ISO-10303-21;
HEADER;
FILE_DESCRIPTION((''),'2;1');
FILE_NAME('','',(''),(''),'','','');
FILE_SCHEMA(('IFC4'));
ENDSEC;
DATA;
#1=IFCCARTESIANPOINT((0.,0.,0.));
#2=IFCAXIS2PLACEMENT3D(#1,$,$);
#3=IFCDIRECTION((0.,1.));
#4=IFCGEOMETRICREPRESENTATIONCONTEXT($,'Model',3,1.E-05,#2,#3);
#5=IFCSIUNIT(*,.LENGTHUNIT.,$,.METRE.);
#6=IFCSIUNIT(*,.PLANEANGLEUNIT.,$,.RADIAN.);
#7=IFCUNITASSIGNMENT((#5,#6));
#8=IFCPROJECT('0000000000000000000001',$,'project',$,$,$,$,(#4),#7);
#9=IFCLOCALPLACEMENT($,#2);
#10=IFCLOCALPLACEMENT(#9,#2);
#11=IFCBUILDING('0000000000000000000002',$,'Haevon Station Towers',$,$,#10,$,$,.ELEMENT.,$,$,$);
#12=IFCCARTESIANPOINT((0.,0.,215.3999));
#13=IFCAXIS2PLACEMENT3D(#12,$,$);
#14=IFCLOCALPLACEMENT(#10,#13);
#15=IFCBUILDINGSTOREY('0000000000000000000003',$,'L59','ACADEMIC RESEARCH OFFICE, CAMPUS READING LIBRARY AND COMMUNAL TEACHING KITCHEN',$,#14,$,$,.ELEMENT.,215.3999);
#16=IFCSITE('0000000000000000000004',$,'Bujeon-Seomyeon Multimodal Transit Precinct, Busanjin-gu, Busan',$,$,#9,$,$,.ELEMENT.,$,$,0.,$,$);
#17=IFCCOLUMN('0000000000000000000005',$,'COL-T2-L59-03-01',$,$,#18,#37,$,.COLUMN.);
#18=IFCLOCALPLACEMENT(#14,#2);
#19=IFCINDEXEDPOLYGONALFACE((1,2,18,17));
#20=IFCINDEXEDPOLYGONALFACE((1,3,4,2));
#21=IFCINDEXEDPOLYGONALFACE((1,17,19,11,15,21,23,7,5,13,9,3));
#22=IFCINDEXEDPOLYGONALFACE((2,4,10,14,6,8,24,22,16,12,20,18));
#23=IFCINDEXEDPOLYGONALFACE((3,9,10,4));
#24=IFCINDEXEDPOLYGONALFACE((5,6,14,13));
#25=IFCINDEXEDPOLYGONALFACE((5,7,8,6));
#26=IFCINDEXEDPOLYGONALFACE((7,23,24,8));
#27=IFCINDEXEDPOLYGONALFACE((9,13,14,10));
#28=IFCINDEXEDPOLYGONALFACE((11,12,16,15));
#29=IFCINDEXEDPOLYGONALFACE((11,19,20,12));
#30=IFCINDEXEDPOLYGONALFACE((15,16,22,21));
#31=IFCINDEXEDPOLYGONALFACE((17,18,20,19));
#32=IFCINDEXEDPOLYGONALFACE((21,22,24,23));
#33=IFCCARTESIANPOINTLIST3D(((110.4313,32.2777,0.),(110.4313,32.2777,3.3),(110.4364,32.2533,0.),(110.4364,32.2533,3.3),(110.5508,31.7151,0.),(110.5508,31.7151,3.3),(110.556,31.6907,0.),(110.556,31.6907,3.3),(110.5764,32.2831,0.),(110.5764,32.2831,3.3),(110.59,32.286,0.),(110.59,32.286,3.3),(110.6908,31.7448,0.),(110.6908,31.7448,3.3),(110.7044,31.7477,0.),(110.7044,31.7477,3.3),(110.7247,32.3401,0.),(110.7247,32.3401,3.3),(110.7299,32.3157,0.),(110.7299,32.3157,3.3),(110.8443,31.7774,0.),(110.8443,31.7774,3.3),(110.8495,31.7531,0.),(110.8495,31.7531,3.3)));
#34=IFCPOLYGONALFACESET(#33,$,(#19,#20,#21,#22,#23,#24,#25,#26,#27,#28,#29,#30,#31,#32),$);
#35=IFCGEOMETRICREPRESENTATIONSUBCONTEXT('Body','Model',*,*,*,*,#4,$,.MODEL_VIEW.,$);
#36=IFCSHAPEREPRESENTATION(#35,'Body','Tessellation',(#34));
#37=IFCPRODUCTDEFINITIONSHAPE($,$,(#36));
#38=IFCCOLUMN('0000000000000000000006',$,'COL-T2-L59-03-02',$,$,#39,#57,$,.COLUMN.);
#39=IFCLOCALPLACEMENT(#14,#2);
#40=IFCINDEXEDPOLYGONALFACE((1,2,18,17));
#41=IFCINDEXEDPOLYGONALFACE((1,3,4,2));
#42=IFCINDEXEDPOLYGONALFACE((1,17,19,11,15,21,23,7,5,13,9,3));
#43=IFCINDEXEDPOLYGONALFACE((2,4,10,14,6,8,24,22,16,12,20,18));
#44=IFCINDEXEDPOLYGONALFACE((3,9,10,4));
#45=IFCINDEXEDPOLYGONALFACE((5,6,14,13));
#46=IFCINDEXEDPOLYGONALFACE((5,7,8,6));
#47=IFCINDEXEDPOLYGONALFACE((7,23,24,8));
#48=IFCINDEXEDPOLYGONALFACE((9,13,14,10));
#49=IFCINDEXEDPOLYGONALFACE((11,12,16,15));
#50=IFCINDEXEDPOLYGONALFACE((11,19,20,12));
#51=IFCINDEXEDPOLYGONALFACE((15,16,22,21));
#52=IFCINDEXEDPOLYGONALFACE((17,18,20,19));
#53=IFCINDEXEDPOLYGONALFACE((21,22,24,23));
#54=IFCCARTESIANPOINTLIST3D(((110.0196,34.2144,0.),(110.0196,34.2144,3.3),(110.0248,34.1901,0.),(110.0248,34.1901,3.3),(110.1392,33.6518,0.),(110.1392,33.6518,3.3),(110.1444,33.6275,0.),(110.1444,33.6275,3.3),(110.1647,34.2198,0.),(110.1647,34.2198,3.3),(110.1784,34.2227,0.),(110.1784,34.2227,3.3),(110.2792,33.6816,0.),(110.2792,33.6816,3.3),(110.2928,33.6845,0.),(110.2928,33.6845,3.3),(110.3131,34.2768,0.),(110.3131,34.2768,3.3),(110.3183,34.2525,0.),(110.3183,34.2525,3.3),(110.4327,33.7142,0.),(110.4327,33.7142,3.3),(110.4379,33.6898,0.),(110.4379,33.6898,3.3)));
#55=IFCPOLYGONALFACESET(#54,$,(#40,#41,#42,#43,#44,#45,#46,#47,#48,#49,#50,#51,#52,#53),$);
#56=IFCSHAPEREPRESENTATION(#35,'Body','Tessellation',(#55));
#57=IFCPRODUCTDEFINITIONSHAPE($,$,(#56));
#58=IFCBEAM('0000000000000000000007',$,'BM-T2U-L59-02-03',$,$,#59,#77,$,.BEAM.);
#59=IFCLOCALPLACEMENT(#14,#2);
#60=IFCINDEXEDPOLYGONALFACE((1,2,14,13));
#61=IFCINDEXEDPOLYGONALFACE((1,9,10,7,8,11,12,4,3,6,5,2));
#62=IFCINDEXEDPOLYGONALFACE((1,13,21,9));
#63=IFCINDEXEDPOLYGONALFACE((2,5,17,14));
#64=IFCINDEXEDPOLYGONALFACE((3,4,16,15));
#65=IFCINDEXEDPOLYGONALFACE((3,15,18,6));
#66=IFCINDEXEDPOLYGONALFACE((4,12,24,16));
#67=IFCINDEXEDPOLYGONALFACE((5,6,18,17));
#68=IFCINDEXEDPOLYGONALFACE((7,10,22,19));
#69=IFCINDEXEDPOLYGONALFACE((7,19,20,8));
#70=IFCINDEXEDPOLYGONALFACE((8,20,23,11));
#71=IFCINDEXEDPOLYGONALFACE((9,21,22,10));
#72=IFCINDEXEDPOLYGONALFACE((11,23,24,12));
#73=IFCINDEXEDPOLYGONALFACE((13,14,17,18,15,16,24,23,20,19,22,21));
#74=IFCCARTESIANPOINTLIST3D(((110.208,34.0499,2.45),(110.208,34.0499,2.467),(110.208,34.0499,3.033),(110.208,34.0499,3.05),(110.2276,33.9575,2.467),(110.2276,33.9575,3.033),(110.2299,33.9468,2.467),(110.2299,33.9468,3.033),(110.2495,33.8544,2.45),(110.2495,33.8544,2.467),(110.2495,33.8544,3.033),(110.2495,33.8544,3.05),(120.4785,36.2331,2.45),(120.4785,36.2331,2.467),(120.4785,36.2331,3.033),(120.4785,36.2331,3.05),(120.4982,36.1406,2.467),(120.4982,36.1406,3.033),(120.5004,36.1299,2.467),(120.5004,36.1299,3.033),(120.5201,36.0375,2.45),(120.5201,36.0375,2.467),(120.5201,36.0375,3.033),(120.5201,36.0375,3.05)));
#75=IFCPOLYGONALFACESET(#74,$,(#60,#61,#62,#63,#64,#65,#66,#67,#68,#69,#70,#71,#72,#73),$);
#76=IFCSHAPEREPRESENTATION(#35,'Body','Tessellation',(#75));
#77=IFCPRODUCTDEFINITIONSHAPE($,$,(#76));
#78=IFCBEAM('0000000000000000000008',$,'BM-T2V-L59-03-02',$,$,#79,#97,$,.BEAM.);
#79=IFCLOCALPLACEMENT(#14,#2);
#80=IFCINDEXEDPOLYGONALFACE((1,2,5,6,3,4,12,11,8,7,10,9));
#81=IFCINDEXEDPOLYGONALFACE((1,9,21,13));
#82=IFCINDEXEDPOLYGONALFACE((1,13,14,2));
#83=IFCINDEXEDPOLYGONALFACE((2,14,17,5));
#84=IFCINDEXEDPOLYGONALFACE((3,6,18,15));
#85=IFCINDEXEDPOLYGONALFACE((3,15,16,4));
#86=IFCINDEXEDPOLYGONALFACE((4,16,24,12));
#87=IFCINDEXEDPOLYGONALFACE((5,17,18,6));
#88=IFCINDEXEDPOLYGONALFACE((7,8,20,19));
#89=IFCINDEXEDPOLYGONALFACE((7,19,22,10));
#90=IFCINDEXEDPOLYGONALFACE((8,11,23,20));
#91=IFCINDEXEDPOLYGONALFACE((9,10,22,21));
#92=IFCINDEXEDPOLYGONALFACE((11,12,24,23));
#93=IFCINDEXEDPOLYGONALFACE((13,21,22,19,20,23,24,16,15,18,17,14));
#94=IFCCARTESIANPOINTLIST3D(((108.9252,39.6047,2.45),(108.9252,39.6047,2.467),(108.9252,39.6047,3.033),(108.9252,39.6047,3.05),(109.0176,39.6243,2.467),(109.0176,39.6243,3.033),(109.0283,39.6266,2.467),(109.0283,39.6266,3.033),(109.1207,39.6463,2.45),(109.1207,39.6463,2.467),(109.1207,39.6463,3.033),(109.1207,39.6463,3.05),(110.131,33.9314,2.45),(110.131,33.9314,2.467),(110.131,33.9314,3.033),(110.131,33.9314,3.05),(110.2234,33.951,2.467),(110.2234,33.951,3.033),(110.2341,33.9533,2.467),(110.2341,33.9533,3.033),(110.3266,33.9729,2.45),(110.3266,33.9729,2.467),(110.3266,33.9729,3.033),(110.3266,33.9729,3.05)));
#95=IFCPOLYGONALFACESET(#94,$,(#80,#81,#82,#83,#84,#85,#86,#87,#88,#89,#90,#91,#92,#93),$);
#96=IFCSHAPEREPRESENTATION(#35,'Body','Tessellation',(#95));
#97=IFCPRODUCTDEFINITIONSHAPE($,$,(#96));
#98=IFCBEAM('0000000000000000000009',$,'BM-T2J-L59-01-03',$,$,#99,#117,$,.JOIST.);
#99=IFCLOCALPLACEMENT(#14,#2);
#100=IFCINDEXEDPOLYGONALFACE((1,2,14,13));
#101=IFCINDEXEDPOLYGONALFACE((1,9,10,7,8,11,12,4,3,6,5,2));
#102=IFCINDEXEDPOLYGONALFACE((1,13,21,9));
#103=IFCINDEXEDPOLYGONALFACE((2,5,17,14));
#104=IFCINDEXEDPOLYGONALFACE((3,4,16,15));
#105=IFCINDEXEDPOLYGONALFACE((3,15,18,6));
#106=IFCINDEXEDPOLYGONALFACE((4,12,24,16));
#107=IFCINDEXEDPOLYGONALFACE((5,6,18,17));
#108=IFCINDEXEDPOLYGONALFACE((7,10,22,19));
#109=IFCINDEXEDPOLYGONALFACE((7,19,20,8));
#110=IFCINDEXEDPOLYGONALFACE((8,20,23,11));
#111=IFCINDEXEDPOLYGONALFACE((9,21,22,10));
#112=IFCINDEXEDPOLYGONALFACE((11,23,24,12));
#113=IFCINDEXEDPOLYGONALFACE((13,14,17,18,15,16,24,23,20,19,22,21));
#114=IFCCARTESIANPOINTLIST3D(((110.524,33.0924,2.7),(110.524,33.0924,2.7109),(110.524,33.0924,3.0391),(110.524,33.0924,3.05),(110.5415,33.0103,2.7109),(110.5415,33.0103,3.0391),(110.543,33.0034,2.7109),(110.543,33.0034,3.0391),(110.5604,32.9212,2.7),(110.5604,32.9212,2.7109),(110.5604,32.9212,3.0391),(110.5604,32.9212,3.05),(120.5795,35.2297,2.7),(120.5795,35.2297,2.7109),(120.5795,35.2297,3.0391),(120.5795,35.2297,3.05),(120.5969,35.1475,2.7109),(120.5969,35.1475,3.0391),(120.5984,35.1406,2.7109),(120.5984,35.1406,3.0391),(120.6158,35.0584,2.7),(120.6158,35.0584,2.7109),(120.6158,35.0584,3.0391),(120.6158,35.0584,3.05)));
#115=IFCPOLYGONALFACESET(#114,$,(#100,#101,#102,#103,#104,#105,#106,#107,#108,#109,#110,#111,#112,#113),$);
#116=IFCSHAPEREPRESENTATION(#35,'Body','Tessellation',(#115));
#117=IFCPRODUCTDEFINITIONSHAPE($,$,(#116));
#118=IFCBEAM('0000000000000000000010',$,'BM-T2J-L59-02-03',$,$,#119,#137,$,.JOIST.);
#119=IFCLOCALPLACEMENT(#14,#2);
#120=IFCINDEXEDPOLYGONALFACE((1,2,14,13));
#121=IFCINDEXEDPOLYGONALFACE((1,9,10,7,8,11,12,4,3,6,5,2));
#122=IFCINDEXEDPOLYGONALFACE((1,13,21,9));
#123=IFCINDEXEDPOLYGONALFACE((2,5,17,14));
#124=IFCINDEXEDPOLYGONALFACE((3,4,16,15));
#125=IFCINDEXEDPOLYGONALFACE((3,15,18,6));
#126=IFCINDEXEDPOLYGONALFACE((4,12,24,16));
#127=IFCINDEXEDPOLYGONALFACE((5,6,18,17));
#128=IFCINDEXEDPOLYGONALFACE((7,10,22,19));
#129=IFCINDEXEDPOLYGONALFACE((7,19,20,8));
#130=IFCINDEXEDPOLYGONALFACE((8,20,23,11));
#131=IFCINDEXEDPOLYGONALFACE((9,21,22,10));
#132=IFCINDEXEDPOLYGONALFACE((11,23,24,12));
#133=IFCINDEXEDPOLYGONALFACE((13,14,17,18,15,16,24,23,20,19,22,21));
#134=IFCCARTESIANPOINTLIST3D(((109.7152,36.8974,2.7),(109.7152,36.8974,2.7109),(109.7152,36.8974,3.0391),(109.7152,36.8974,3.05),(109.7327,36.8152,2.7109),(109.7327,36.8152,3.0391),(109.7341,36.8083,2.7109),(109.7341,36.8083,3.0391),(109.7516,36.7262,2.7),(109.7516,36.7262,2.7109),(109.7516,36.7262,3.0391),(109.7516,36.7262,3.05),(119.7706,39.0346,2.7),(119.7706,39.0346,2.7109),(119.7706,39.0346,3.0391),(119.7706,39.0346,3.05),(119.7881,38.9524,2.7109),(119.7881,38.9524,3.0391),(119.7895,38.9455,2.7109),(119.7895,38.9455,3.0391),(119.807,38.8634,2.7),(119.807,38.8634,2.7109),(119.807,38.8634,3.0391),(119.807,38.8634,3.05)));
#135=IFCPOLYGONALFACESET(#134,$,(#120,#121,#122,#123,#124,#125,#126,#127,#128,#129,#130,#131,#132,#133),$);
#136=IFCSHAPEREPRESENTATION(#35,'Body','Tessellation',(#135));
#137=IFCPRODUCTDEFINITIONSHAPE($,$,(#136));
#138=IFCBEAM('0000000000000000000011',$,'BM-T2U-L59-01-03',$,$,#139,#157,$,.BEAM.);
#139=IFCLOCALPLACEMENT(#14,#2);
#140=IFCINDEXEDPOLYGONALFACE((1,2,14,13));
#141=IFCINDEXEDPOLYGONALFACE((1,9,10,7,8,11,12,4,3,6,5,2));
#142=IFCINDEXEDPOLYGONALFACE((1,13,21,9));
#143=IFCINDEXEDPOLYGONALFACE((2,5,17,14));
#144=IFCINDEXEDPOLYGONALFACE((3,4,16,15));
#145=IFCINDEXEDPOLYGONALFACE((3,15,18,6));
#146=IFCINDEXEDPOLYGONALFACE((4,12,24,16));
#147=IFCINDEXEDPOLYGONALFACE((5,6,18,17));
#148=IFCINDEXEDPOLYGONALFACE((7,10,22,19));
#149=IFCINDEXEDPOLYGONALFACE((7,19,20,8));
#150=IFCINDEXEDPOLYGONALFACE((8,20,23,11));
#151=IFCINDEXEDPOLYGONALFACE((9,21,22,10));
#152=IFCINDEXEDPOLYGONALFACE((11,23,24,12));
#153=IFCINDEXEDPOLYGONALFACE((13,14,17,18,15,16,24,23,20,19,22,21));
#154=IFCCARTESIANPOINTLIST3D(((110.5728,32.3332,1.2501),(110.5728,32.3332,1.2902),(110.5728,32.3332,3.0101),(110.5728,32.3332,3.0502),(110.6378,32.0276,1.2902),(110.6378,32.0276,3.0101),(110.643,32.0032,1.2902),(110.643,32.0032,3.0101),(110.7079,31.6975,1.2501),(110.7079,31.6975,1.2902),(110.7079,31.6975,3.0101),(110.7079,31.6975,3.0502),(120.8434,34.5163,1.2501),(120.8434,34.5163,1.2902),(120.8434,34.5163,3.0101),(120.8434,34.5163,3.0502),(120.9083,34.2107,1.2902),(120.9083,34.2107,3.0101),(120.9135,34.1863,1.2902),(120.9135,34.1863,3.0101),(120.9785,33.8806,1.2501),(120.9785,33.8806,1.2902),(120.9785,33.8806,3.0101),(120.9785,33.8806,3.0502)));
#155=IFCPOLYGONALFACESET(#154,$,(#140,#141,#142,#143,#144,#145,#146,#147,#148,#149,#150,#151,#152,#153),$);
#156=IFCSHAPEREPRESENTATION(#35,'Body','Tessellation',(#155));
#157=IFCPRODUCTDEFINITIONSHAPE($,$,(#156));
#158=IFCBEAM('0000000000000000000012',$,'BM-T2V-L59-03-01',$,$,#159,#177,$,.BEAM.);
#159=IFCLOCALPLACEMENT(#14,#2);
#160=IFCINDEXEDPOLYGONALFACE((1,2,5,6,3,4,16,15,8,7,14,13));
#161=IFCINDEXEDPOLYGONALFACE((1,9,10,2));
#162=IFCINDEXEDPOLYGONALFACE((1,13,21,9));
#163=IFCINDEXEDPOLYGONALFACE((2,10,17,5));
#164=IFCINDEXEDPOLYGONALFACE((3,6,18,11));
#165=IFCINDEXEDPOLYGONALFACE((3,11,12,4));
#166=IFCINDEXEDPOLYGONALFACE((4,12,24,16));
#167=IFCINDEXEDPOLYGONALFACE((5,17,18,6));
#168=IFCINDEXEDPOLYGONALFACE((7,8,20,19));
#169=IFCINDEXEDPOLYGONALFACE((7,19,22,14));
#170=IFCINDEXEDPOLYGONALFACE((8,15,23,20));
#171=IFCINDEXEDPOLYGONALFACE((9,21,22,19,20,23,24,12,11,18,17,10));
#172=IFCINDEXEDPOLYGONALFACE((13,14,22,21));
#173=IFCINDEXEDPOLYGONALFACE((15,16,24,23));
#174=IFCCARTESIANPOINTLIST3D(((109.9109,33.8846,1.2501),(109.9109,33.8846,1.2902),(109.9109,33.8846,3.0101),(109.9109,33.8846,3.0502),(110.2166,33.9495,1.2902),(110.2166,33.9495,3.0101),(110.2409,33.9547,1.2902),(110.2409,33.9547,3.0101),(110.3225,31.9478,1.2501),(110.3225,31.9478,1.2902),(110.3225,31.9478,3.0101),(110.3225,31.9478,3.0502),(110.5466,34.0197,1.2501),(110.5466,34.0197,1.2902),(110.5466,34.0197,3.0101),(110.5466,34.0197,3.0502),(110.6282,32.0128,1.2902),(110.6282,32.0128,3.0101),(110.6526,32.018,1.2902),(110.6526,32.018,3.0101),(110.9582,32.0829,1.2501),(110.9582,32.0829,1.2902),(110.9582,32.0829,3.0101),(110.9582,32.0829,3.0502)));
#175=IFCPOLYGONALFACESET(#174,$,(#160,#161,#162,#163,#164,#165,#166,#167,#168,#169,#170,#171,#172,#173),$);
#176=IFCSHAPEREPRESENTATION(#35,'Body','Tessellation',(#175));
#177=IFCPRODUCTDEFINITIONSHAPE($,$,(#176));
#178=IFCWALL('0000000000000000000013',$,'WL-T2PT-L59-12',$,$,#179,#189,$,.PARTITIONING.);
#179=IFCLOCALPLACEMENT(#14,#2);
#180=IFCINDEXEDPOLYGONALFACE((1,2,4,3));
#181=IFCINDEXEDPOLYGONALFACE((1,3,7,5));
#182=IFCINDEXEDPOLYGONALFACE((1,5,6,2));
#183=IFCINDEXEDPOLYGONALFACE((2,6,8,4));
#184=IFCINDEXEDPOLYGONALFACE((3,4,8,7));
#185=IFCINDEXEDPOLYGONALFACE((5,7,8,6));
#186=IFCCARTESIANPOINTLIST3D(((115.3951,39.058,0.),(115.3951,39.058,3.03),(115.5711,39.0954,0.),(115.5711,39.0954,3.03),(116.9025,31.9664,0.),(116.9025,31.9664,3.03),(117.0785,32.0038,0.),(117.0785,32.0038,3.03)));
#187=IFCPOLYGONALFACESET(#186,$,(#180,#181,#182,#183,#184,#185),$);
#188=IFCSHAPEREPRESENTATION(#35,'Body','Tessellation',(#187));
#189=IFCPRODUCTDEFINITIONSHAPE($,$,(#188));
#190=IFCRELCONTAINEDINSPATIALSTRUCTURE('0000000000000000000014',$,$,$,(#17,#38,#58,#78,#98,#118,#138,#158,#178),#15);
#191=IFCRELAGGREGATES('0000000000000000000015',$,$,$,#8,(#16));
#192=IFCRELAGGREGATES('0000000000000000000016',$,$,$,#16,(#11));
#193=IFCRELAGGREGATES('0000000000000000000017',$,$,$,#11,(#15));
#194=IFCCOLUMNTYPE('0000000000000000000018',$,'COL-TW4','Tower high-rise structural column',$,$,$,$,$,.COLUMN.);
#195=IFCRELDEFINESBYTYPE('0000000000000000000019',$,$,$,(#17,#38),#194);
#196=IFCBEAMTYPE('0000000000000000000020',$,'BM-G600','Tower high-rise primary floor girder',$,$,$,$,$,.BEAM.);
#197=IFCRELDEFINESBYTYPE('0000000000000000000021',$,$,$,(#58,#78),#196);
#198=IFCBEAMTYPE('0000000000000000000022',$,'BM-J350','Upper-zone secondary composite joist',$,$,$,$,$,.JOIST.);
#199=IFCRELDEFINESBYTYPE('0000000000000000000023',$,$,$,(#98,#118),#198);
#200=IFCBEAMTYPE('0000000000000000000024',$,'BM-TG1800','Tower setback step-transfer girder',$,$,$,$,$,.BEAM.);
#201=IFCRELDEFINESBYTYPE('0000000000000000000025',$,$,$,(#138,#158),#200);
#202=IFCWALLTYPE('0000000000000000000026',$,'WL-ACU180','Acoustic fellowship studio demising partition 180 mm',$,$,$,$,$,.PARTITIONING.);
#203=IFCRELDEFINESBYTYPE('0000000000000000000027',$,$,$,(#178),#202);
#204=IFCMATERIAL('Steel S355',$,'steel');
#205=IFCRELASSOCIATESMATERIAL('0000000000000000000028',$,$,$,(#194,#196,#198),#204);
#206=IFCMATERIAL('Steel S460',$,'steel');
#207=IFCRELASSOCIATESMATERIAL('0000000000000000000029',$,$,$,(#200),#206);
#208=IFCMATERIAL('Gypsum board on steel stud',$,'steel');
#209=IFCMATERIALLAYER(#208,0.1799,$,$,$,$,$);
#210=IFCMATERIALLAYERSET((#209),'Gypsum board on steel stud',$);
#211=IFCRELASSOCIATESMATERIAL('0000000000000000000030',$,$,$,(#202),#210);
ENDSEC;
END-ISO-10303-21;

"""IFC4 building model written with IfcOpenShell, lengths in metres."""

from ifc_helpers import new_model, si_unit, direction, frame, frame_2d, origin, origin_2d, place, context, subcontext, project, spatial, rectangle, i_section, extrude, material, layer, layer_set, material_profile, profile_set, type_object, element, save


model = new_model("IFC4")

# Units and contexts
model_context = context("Model", 3, precision=1e-05, world=origin(), true_north=direction((0.0, 1.0)))
body_context = subcontext(model_context, "Body", "Model", "MODEL_VIEW")
ifc_project = project(units=[si_unit("LENGTHUNIT", "METRE"), si_unit("PLANEANGLEUNIT", "RADIAN")], contexts=[model_context])

# Site, building, storey
site_placement = place(None, origin())
site = spatial("IfcSite", under=ifc_project, at=site_placement, Name="Bujeon-Seomyeon Multimodal Transit Precinct, Busanjin-gu, Busan", CompositionType="ELEMENT", RefElevation=0.0)
building_placement = place(site_placement, origin())
building = spatial("IfcBuilding", under=site, at=building_placement, Name="Haevon Station Towers", CompositionType="ELEMENT")
storey_placement = place(building_placement, frame((0.0, 0.0, 215.3999)))
storey = spatial("IfcBuildingStorey", under=building, at=storey_placement, Name="L59", Description="ACADEMIC RESEARCH OFFICE, CAMPUS READING LIBRARY AND COMMUNAL TEACHING KITCHEN", CompositionType="ELEMENT", Elevation=215.3999)

# Columns
ifc_material_1 = material(Name="Steel S355", Category="steel")
ifc_material_profile_1 = material_profile(ifc_material_1, i_section(OverallWidth=0.3, OverallDepth=0.6001, WebThickness=0.0139, FlangeThickness=0.0249, at=origin_2d()), Name="H-600x300x14x25")
ifc_profile_set_1 = profile_set([ifc_material_profile_1], Name="Steel S355")
column_type = type_object("IfcColumnType", Name="COL-TW4", Description="Tower high-rise structural column", PredefinedType="COLUMN", material=ifc_profile_set_1)
for number, where, z_axis, x_axis, name in (
    (1, (110.6404, 32.0154, 0.0), (0.0, 0.0, 1.0), (0.978148, 0.207912, 0.0), "COL-T2-L59-03-01"),
    (2, (110.2288, 33.9521, 0.0), (0.0, 0.0, 1.0), (0.978148, 0.207912, 0.0), "COL-T2-L59-03-02"),
):
    element("IfcColumn", number, at=place(storey_placement, frame(where, z_axis=z_axis, x_axis=x_axis)), inside=storey, type_object=column_type, Name=name, PredefinedType="COLUMN", context=body_context, shape_type="SweptSolid", body=[
        extrude(i_section(OverallWidth=0.3, OverallDepth=0.6001, WebThickness=0.0139, FlangeThickness=0.0249, at=origin_2d()), origin(), (0.0, 0.0, 1.0), 3.3),
    ])

# Beams
ifc_material_profile_2 = material_profile(ifc_material_1, i_section(OverallWidth=0.2, OverallDepth=0.6001, WebThickness=0.011, FlangeThickness=0.0171, at=origin_2d()), Name="H-600x200x11x17")
ifc_profile_set_2 = profile_set([ifc_material_profile_2], Name="Steel S355")
beam_type_1 = type_object("IfcBeamType", Name="BM-G600", Description="Tower high-rise primary floor girder", PredefinedType="BEAM", material=ifc_profile_set_2)
beam_1_placement = place(storey_placement, frame((110.2288, 33.9521, 2.75), z_axis=(0.978147, 0.207915, 0.0), x_axis=(-0.207915, 0.978147, 0.0)))
element("IfcBeam", 3, at=beam_1_placement, inside=storey, type_object=beam_type_1, Name="BM-T2U-L59-02-03", PredefinedType="BEAM", context=body_context, shape_type="SweptSolid", body=[
    extrude(i_section(OverallWidth=0.2, OverallDepth=0.6001, WebThickness=0.011, FlangeThickness=0.0171, at=origin_2d()), origin(), (0.0, 0.0, 1.0), 10.5),
])
beam_2_placement = place(storey_placement, frame((110.2288, 33.9521, 2.75), z_axis=(-0.207896, 0.978151, 0.0), x_axis=(-0.978151, -0.207896, 0.0)))
element("IfcBeam", 4, at=beam_2_placement, inside=storey, type_object=beam_type_1, Name="BM-T2V-L59-03-02", PredefinedType="BEAM", context=body_context, shape_type="SweptSolid", body=[
    extrude(i_section(OverallWidth=0.2, OverallDepth=0.6001, WebThickness=0.011, FlangeThickness=0.0171, at=origin_2d()), origin(), (0.0, 0.0, 1.0), 5.8),
])
ifc_material_profile_3 = material_profile(ifc_material_1, i_section(OverallWidth=0.175, OverallDepth=0.3501, WebThickness=0.0071, FlangeThickness=0.011, at=origin_2d()), Name="H-350x175x7x11")
ifc_profile_set_3 = profile_set([ifc_material_profile_3], Name="Steel S355")
beam_type_2 = type_object("IfcBeamType", Name="BM-J350", Description="Upper-zone secondary composite joist", PredefinedType="JOIST", material=ifc_profile_set_3)
for number, where, z_axis, x_axis, name in (
    (5, (110.5422, 33.0068, 2.875), (0.97815, 0.207899, 0.0), (-0.207899, 0.97815, 0.0), "BM-T2J-L59-01-03"),
    (6, (109.7334, 36.8118, 2.875), (0.97815, 0.207899, 0.0), (-0.207899, 0.97815, 0.0), "BM-T2J-L59-02-03"),
):
    element("IfcBeam", number, at=place(storey_placement, frame(where, z_axis=z_axis, x_axis=x_axis)), inside=storey, type_object=beam_type_2, Name=name, PredefinedType="JOIST", context=body_context, shape_type="SweptSolid", body=[
        extrude(i_section(OverallWidth=0.175, OverallDepth=0.3501, WebThickness=0.0071, FlangeThickness=0.011, at=origin_2d()), origin(), (0.0, 0.0, 1.0), 10.28),
    ])
ifc_material_2 = material(Name="Steel S460", Category="steel")
ifc_material_profile_4 = material_profile(ifc_material_2, i_section(OverallWidth=0.6499, OverallDepth=1.8, WebThickness=0.0249, FlangeThickness=0.04, at=origin_2d()), Name="H-1800x650x25x40")
ifc_profile_set_4 = profile_set([ifc_material_profile_4], Name="Steel S460")
beam_type_3 = type_object("IfcBeamType", Name="BM-TG1800", Description="Tower setback step-transfer girder", PredefinedType="BEAM", material=ifc_profile_set_4)
beam_3_placement = place(storey_placement, frame((110.6404, 32.0154, 2.1501), z_axis=(0.978147, 0.207915, 0.0), x_axis=(-0.207915, 0.978147, 0.0)))
element("IfcBeam", 7, at=beam_3_placement, inside=storey, type_object=beam_type_3, Name="BM-T2U-L59-01-03", PredefinedType="BEAM", context=body_context, shape_type="SweptSolid", body=[
    extrude(i_section(OverallWidth=0.6499, OverallDepth=1.8, WebThickness=0.0249, FlangeThickness=0.04, at=origin_2d()), origin(), (0.0, 0.0, 1.0), 10.5),
])
beam_4_placement = place(storey_placement, frame((110.6404, 32.0154, 2.1501), z_axis=(-0.207887, 0.978153, 0.0), x_axis=(-0.978153, -0.207887, 0.0)))
element("IfcBeam", 8, at=beam_4_placement, inside=storey, type_object=beam_type_3, Name="BM-T2V-L59-03-01", PredefinedType="BEAM", context=body_context, shape_type="SweptSolid", body=[
    extrude(i_section(OverallWidth=0.6499, OverallDepth=1.8, WebThickness=0.0249, FlangeThickness=0.04, at=origin_2d()), origin(), (0.0, 0.0, 1.0), 1.98),
])

# Wall
ifc_material_3 = material(Name="Gypsum board on steel stud", Category="steel")
ifc_layer_1 = layer(ifc_material_3, 0.1799)
ifc_layer_set_1 = layer_set([ifc_layer_1], Name="Gypsum board on steel stud")
wall_type_1 = type_object("IfcWallType", Name="WL-ACU180", Description="Acoustic fellowship studio demising partition 180 mm", PredefinedType="PARTITIONING", material=ifc_layer_set_1)
wall_1_placement = place(storey_placement, frame((116.9905, 31.9851, 0.0), z_axis=(0.0, 0.0, 1.0), x_axis=(-0.207907, 0.978148, 0.0)))
element("IfcWall", 9, at=wall_1_placement, inside=storey, type_object=wall_type_1, Name="WL-T2PT-L59-12", PredefinedType="PARTITIONING", context=body_context, shape_type="SweptSolid", body=[
    extrude(rectangle(XDim=7.25, YDim=0.1799, at=frame_2d((3.625, 0.0))), origin(), (0.0, 0.0, 1.0), 3.03),
])

save(model, "model.ifc")
